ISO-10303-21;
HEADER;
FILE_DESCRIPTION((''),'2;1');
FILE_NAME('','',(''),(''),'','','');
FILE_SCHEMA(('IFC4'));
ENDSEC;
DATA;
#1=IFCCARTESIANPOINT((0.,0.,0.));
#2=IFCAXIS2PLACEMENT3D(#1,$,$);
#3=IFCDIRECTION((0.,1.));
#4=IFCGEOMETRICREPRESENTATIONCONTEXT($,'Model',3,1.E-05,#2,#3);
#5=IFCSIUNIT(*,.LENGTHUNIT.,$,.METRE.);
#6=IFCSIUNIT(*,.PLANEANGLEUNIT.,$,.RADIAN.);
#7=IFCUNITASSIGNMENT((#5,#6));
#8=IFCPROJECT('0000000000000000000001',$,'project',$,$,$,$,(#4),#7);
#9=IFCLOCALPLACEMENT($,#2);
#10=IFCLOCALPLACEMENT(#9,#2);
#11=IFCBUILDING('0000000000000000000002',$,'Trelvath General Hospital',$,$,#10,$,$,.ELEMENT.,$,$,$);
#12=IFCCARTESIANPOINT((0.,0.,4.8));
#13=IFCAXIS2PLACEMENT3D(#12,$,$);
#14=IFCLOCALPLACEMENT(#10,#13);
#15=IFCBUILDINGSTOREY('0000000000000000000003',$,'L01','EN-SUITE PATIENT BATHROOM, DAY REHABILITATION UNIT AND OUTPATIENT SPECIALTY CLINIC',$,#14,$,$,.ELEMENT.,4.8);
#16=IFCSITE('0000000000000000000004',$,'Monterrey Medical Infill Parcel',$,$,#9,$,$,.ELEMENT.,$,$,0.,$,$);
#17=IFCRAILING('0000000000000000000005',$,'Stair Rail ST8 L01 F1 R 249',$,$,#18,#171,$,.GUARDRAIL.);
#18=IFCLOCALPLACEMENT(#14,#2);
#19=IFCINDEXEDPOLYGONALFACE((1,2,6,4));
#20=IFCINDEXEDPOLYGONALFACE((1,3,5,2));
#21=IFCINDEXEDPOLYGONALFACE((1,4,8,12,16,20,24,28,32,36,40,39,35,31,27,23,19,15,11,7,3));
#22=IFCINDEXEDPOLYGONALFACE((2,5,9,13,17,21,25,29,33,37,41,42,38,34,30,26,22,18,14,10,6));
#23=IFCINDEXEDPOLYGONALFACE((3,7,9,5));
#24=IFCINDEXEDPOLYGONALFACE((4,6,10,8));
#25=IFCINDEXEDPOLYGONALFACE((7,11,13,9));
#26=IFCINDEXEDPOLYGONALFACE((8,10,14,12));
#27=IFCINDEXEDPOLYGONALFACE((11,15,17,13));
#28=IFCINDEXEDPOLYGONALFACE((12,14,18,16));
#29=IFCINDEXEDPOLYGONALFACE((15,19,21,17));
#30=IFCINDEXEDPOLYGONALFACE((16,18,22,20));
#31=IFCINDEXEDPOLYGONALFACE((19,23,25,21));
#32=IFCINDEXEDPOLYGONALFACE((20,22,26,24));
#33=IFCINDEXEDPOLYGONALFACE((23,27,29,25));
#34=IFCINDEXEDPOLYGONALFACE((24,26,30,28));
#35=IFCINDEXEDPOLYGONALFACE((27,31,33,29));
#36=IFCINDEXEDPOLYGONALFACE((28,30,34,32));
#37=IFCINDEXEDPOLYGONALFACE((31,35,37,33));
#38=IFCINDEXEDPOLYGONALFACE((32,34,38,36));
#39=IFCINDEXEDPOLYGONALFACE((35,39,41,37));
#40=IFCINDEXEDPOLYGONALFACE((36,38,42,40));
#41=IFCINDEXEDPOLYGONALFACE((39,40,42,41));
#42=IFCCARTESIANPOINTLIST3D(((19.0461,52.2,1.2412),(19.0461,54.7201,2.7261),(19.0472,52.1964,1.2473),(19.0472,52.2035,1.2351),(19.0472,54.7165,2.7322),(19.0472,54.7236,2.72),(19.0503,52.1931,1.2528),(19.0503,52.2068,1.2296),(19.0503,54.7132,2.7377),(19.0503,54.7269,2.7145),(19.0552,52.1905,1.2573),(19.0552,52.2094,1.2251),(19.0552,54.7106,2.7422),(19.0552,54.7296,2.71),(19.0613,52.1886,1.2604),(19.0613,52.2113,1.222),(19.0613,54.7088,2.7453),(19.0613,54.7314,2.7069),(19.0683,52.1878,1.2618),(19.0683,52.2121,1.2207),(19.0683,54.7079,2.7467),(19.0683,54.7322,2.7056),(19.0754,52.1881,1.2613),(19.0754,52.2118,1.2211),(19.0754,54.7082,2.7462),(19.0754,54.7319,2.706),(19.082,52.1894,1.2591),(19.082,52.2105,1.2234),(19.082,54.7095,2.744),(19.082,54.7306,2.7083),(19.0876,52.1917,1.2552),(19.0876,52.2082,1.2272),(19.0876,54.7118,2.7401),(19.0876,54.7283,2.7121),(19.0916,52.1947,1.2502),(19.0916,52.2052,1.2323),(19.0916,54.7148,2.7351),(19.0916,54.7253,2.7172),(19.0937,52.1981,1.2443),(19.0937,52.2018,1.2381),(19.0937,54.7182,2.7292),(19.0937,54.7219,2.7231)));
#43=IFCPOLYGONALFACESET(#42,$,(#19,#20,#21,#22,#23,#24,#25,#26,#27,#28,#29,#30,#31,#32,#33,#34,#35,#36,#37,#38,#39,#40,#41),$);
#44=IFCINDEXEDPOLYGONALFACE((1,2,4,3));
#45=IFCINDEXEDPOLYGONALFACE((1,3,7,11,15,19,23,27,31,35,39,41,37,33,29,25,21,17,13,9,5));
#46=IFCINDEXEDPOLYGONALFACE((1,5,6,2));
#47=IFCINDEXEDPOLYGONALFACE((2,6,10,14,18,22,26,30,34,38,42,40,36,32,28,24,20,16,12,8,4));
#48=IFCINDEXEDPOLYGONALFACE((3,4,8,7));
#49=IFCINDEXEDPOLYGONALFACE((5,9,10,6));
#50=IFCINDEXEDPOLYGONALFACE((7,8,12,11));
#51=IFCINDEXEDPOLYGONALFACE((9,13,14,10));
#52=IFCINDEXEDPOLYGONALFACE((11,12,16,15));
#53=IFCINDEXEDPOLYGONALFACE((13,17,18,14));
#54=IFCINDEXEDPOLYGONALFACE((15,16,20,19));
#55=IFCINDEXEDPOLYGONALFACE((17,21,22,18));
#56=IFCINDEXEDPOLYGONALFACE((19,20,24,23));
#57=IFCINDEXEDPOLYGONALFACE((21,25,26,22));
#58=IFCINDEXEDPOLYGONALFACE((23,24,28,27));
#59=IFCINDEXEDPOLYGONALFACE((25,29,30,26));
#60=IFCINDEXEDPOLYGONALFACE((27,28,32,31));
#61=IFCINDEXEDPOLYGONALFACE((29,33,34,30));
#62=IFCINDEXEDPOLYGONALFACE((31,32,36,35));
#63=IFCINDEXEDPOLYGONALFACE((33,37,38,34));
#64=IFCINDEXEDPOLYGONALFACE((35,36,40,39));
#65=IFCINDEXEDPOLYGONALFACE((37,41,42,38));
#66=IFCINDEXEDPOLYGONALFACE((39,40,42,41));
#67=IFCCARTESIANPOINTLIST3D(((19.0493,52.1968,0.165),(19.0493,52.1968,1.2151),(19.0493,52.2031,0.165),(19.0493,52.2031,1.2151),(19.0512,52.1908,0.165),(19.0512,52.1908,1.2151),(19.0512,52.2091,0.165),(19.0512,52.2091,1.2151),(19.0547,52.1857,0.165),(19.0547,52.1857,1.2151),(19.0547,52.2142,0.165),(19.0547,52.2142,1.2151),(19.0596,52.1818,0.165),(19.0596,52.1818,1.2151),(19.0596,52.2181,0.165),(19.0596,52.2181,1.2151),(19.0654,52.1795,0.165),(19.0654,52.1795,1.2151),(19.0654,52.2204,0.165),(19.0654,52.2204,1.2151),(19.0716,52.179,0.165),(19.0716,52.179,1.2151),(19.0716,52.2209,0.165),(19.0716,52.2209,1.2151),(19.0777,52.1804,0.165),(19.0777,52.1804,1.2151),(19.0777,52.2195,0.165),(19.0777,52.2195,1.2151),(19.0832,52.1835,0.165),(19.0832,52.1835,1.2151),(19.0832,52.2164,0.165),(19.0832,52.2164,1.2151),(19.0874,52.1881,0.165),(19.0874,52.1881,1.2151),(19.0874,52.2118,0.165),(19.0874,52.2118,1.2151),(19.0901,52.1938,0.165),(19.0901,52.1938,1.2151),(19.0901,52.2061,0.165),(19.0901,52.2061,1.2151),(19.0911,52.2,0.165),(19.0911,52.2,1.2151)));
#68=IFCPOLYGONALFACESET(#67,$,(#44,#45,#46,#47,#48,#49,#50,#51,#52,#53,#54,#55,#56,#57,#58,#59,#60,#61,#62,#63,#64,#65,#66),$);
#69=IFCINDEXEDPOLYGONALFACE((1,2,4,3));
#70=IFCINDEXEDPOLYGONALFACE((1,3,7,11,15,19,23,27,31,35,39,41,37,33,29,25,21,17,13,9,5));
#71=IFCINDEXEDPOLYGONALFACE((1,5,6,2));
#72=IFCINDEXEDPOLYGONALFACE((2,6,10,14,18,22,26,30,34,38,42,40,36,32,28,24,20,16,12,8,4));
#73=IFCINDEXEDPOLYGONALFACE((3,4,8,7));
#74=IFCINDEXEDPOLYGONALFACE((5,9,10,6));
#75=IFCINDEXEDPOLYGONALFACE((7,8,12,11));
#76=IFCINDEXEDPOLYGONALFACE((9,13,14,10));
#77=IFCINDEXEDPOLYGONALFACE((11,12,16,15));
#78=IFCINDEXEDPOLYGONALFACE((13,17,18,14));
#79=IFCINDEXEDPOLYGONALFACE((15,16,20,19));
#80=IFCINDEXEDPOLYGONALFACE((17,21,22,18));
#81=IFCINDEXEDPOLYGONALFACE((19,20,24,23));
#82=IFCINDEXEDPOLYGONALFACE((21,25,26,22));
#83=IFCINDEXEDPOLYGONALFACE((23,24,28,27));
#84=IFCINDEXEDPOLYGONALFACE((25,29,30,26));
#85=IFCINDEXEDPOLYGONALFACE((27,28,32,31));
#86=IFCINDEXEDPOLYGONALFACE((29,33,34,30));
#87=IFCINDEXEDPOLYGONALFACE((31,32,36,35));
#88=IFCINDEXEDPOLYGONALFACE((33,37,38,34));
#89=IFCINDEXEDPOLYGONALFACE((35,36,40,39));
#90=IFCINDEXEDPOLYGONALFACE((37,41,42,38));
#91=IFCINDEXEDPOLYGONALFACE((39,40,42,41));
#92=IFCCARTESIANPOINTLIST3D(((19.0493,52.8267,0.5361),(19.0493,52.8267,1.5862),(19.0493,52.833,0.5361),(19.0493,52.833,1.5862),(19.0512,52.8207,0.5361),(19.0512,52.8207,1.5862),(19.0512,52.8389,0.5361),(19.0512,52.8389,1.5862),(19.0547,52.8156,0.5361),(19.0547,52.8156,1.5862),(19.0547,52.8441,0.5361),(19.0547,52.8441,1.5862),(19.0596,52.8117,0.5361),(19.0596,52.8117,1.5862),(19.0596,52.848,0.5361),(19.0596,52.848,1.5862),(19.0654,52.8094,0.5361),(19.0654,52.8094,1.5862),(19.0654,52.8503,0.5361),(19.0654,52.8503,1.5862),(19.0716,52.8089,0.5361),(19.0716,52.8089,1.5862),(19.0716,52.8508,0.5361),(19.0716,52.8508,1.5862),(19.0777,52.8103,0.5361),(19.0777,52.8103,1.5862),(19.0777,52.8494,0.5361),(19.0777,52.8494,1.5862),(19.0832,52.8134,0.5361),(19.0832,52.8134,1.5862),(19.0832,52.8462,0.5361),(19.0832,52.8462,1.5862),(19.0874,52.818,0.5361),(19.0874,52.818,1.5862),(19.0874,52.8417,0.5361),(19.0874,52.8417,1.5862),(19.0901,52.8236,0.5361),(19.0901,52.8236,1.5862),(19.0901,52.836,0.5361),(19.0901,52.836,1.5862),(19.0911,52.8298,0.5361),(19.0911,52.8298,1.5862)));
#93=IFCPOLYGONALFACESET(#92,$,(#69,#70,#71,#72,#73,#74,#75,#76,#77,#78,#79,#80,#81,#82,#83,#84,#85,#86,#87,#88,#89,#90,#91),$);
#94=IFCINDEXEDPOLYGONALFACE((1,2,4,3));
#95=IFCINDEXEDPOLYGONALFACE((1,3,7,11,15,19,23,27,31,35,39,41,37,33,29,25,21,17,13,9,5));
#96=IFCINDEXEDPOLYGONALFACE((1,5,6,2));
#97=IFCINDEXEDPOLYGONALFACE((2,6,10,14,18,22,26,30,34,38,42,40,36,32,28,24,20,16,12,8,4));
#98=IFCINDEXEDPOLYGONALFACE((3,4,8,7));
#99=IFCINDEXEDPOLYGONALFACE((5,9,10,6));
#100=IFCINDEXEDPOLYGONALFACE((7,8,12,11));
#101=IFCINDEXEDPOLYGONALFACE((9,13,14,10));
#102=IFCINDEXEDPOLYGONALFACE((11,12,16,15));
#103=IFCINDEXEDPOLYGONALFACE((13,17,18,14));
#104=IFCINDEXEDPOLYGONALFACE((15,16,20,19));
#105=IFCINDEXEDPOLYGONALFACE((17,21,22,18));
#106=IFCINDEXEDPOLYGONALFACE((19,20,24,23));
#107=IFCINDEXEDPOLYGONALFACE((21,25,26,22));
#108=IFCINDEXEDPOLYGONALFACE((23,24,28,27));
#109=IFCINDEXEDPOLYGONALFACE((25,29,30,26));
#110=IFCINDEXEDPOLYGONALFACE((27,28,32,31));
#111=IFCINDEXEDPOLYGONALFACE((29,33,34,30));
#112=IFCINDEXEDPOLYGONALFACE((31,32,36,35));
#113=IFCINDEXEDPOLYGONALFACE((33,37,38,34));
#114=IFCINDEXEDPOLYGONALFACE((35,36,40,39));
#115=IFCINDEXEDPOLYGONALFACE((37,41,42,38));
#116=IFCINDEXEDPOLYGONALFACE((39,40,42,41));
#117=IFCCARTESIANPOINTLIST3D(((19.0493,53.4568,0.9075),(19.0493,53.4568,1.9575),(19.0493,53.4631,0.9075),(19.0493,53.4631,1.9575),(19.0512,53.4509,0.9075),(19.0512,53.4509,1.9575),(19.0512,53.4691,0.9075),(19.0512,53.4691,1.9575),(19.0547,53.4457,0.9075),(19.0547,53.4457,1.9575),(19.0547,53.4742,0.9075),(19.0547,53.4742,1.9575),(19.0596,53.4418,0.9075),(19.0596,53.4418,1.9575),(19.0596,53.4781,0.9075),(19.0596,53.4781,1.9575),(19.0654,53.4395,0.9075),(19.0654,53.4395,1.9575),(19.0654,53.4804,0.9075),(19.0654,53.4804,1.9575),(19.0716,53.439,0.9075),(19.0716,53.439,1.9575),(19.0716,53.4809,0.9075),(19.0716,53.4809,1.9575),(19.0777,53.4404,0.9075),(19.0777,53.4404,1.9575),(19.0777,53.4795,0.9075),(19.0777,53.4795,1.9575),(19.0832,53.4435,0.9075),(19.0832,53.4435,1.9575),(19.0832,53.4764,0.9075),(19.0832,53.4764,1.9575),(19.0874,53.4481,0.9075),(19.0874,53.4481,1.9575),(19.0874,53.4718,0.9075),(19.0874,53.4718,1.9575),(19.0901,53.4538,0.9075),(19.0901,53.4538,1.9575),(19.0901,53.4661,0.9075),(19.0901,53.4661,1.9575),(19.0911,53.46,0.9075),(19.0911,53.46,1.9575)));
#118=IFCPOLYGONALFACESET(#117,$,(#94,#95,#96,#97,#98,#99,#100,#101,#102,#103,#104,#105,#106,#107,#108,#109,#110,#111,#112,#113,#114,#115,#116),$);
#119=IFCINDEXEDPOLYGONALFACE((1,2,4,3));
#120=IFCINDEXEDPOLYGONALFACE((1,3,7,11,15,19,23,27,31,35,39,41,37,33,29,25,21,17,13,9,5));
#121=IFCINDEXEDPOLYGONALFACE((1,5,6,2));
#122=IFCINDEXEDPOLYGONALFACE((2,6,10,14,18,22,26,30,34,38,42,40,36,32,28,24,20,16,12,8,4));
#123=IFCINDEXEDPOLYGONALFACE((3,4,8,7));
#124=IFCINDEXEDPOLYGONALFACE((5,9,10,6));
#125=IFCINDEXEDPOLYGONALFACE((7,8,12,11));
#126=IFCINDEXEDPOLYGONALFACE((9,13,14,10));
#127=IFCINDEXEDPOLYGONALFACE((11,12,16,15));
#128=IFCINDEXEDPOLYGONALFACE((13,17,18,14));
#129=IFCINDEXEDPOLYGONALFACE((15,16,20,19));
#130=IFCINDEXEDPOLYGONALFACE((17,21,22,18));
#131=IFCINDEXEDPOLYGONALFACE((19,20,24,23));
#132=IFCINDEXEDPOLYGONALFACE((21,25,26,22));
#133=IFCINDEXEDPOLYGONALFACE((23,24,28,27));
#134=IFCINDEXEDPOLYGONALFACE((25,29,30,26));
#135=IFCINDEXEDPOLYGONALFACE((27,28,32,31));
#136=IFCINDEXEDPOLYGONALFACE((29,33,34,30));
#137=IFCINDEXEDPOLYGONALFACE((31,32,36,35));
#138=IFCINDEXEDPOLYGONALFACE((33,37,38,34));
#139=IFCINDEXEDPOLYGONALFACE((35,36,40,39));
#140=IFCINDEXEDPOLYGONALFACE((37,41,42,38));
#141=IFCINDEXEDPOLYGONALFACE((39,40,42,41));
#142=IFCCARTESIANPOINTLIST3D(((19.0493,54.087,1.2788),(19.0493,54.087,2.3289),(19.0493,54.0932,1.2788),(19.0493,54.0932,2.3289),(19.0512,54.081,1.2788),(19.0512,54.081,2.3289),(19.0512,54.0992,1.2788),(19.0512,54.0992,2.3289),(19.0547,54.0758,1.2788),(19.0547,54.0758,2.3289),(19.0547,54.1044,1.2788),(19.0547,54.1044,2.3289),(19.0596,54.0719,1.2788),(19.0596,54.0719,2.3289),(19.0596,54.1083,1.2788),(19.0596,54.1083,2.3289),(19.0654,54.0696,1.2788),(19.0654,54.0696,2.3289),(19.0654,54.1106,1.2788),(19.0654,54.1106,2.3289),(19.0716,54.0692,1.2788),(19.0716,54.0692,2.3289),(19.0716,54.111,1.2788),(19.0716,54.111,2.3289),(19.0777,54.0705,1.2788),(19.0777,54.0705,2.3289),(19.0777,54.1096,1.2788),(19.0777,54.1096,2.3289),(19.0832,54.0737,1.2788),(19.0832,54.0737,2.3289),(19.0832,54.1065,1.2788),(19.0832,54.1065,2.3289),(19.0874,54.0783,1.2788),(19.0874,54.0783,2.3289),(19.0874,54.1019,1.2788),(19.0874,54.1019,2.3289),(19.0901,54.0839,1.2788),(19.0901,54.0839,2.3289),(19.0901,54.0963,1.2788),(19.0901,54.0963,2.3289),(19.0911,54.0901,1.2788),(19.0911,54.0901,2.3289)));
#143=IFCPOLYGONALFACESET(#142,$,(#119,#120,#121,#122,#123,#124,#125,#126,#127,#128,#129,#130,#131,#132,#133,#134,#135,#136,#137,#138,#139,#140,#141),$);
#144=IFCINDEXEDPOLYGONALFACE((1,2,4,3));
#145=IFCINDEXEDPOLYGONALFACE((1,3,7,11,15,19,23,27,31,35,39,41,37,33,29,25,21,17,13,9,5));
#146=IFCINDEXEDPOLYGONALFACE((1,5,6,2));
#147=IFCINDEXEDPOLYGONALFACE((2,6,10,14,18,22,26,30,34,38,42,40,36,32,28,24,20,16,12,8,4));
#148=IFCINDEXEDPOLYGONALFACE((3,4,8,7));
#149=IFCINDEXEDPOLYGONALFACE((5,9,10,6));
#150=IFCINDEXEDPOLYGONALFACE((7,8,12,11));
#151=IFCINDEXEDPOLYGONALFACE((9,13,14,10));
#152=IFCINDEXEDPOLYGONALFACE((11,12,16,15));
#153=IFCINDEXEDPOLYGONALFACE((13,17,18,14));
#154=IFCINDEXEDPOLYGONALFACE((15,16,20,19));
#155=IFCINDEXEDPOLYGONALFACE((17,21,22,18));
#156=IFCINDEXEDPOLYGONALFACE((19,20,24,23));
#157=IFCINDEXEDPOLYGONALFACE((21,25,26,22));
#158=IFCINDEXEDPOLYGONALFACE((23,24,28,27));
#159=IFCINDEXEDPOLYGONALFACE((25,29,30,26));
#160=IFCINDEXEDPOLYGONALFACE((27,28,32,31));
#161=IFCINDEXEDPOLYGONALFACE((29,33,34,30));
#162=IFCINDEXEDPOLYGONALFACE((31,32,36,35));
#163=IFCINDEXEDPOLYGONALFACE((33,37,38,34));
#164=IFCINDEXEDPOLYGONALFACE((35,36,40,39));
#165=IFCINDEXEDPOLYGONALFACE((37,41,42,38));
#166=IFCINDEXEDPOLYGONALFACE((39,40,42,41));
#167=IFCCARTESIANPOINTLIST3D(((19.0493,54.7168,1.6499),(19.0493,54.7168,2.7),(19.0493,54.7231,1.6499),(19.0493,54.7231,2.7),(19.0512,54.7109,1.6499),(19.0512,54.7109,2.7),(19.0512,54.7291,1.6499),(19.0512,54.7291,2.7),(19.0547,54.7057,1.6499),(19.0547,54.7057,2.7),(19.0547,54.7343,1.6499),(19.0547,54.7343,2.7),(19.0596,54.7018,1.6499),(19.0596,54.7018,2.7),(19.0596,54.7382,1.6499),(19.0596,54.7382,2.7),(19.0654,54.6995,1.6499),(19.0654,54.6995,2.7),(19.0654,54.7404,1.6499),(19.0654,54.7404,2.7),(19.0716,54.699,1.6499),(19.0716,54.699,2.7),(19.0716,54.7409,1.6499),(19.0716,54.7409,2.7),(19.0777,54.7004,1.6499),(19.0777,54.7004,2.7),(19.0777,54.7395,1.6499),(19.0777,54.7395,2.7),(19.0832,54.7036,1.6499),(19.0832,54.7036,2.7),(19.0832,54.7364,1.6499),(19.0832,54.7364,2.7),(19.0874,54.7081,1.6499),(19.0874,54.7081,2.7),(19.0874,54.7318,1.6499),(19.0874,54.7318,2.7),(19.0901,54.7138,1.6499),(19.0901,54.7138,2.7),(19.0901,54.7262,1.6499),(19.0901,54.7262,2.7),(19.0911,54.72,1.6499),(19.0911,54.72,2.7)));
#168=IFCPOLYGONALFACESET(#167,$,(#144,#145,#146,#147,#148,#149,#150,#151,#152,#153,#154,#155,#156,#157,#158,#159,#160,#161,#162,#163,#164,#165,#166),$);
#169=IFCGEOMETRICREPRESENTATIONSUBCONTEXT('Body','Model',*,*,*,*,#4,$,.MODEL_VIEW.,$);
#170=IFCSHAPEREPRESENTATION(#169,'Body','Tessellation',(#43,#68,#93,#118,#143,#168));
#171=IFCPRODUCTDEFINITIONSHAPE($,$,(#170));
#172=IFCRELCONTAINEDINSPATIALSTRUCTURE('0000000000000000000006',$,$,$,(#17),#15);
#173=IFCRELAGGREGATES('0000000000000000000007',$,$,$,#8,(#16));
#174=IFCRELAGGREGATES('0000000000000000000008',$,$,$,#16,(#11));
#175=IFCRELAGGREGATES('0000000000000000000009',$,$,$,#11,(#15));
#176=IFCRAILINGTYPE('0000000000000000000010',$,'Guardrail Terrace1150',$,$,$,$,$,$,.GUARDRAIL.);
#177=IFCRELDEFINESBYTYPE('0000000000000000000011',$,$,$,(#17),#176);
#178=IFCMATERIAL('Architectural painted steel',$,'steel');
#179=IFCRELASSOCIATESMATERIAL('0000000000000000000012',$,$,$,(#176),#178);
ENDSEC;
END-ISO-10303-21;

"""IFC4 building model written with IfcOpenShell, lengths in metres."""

from ifc_helpers import new_model, si_unit, direction, frame, origin, origin_2d, place, context, subcontext, project, spatial, circle, extrude, material, type_object, element, save


model = new_model("IFC4")

# Units and contexts
model_context = context("Model", 3, precision=1e-05, world=origin(), true_north=direction((0.0, 1.0)))
body_context = subcontext(model_context, "Body", "Model", "MODEL_VIEW")
ifc_project = project(units=[si_unit("LENGTHUNIT", "METRE"), si_unit("PLANEANGLEUNIT", "RADIAN")], contexts=[model_context])

# Site, building, storey
site_placement = place(None, origin())
site = spatial("IfcSite", under=ifc_project, at=site_placement, Name="Monterrey Medical Infill Parcel", CompositionType="ELEMENT", RefElevation=0.0)
building_placement = place(site_placement, origin())
building = spatial("IfcBuilding", under=site, at=building_placement, Name="Trelvath General Hospital", CompositionType="ELEMENT")
storey_placement = place(building_placement, frame((0.0, 0.0, 4.8)))
storey = spatial("IfcBuildingStorey", under=building, at=storey_placement, Name="L01", Description="EN-SUITE PATIENT BATHROOM, DAY REHABILITATION UNIT AND OUTPATIENT SPECIALTY CLINIC", CompositionType="ELEMENT", Elevation=4.8)

# Railing
ifc_material_1 = material(Name="Architectural painted steel", Category="steel")
railing_type_1 = type_object("IfcRailingType", Name="Guardrail Terrace1150", PredefinedType="GUARDRAIL", material=ifc_material_1)
railing_1_placement = place(storey_placement, frame((19.0701, 52.2, 0.165)))
element("IfcRailing", 1, at=railing_1_placement, inside=storey, type_object=railing_type_1, Name="Stair Rail ST8 L01 F1 R 249", PredefinedType="GUARDRAIL", context=body_context, shape_type="SweptSolid", body=[
    extrude(circle(Radius=0.0239, at=origin_2d()), frame((0.0, 0.0, 1.0762), z_axis=(0.0, 0.861561, 0.507655), x_axis=(-1.0, 0.0, 0.0)), (0.0, 0.0, 1.0), 2.925),
    extrude(circle(Radius=0.021, at=origin_2d()), origin(), (0.0, 0.0, 1.0), 1.05),
    extrude(circle(Radius=0.021, at=origin_2d()), frame((0.0, 0.6299, 0.3711)), (0.0, 0.0, 1.0), 1.05),
    extrude(circle(Radius=0.021, at=origin_2d()), frame((0.0, 1.26, 0.7424)), (0.0, 0.0, 1.0), 1.05),
    extrude(circle(Radius=0.021, at=origin_2d()), frame((0.0, 1.8901, 1.1138)), (0.0, 0.0, 1.0), 1.05),
    extrude(circle(Radius=0.021, at=origin_2d()), frame((0.0, 2.52, 1.4849)), (0.0, 0.0, 1.0), 1.05),
])

save(model, "model.ifc")
